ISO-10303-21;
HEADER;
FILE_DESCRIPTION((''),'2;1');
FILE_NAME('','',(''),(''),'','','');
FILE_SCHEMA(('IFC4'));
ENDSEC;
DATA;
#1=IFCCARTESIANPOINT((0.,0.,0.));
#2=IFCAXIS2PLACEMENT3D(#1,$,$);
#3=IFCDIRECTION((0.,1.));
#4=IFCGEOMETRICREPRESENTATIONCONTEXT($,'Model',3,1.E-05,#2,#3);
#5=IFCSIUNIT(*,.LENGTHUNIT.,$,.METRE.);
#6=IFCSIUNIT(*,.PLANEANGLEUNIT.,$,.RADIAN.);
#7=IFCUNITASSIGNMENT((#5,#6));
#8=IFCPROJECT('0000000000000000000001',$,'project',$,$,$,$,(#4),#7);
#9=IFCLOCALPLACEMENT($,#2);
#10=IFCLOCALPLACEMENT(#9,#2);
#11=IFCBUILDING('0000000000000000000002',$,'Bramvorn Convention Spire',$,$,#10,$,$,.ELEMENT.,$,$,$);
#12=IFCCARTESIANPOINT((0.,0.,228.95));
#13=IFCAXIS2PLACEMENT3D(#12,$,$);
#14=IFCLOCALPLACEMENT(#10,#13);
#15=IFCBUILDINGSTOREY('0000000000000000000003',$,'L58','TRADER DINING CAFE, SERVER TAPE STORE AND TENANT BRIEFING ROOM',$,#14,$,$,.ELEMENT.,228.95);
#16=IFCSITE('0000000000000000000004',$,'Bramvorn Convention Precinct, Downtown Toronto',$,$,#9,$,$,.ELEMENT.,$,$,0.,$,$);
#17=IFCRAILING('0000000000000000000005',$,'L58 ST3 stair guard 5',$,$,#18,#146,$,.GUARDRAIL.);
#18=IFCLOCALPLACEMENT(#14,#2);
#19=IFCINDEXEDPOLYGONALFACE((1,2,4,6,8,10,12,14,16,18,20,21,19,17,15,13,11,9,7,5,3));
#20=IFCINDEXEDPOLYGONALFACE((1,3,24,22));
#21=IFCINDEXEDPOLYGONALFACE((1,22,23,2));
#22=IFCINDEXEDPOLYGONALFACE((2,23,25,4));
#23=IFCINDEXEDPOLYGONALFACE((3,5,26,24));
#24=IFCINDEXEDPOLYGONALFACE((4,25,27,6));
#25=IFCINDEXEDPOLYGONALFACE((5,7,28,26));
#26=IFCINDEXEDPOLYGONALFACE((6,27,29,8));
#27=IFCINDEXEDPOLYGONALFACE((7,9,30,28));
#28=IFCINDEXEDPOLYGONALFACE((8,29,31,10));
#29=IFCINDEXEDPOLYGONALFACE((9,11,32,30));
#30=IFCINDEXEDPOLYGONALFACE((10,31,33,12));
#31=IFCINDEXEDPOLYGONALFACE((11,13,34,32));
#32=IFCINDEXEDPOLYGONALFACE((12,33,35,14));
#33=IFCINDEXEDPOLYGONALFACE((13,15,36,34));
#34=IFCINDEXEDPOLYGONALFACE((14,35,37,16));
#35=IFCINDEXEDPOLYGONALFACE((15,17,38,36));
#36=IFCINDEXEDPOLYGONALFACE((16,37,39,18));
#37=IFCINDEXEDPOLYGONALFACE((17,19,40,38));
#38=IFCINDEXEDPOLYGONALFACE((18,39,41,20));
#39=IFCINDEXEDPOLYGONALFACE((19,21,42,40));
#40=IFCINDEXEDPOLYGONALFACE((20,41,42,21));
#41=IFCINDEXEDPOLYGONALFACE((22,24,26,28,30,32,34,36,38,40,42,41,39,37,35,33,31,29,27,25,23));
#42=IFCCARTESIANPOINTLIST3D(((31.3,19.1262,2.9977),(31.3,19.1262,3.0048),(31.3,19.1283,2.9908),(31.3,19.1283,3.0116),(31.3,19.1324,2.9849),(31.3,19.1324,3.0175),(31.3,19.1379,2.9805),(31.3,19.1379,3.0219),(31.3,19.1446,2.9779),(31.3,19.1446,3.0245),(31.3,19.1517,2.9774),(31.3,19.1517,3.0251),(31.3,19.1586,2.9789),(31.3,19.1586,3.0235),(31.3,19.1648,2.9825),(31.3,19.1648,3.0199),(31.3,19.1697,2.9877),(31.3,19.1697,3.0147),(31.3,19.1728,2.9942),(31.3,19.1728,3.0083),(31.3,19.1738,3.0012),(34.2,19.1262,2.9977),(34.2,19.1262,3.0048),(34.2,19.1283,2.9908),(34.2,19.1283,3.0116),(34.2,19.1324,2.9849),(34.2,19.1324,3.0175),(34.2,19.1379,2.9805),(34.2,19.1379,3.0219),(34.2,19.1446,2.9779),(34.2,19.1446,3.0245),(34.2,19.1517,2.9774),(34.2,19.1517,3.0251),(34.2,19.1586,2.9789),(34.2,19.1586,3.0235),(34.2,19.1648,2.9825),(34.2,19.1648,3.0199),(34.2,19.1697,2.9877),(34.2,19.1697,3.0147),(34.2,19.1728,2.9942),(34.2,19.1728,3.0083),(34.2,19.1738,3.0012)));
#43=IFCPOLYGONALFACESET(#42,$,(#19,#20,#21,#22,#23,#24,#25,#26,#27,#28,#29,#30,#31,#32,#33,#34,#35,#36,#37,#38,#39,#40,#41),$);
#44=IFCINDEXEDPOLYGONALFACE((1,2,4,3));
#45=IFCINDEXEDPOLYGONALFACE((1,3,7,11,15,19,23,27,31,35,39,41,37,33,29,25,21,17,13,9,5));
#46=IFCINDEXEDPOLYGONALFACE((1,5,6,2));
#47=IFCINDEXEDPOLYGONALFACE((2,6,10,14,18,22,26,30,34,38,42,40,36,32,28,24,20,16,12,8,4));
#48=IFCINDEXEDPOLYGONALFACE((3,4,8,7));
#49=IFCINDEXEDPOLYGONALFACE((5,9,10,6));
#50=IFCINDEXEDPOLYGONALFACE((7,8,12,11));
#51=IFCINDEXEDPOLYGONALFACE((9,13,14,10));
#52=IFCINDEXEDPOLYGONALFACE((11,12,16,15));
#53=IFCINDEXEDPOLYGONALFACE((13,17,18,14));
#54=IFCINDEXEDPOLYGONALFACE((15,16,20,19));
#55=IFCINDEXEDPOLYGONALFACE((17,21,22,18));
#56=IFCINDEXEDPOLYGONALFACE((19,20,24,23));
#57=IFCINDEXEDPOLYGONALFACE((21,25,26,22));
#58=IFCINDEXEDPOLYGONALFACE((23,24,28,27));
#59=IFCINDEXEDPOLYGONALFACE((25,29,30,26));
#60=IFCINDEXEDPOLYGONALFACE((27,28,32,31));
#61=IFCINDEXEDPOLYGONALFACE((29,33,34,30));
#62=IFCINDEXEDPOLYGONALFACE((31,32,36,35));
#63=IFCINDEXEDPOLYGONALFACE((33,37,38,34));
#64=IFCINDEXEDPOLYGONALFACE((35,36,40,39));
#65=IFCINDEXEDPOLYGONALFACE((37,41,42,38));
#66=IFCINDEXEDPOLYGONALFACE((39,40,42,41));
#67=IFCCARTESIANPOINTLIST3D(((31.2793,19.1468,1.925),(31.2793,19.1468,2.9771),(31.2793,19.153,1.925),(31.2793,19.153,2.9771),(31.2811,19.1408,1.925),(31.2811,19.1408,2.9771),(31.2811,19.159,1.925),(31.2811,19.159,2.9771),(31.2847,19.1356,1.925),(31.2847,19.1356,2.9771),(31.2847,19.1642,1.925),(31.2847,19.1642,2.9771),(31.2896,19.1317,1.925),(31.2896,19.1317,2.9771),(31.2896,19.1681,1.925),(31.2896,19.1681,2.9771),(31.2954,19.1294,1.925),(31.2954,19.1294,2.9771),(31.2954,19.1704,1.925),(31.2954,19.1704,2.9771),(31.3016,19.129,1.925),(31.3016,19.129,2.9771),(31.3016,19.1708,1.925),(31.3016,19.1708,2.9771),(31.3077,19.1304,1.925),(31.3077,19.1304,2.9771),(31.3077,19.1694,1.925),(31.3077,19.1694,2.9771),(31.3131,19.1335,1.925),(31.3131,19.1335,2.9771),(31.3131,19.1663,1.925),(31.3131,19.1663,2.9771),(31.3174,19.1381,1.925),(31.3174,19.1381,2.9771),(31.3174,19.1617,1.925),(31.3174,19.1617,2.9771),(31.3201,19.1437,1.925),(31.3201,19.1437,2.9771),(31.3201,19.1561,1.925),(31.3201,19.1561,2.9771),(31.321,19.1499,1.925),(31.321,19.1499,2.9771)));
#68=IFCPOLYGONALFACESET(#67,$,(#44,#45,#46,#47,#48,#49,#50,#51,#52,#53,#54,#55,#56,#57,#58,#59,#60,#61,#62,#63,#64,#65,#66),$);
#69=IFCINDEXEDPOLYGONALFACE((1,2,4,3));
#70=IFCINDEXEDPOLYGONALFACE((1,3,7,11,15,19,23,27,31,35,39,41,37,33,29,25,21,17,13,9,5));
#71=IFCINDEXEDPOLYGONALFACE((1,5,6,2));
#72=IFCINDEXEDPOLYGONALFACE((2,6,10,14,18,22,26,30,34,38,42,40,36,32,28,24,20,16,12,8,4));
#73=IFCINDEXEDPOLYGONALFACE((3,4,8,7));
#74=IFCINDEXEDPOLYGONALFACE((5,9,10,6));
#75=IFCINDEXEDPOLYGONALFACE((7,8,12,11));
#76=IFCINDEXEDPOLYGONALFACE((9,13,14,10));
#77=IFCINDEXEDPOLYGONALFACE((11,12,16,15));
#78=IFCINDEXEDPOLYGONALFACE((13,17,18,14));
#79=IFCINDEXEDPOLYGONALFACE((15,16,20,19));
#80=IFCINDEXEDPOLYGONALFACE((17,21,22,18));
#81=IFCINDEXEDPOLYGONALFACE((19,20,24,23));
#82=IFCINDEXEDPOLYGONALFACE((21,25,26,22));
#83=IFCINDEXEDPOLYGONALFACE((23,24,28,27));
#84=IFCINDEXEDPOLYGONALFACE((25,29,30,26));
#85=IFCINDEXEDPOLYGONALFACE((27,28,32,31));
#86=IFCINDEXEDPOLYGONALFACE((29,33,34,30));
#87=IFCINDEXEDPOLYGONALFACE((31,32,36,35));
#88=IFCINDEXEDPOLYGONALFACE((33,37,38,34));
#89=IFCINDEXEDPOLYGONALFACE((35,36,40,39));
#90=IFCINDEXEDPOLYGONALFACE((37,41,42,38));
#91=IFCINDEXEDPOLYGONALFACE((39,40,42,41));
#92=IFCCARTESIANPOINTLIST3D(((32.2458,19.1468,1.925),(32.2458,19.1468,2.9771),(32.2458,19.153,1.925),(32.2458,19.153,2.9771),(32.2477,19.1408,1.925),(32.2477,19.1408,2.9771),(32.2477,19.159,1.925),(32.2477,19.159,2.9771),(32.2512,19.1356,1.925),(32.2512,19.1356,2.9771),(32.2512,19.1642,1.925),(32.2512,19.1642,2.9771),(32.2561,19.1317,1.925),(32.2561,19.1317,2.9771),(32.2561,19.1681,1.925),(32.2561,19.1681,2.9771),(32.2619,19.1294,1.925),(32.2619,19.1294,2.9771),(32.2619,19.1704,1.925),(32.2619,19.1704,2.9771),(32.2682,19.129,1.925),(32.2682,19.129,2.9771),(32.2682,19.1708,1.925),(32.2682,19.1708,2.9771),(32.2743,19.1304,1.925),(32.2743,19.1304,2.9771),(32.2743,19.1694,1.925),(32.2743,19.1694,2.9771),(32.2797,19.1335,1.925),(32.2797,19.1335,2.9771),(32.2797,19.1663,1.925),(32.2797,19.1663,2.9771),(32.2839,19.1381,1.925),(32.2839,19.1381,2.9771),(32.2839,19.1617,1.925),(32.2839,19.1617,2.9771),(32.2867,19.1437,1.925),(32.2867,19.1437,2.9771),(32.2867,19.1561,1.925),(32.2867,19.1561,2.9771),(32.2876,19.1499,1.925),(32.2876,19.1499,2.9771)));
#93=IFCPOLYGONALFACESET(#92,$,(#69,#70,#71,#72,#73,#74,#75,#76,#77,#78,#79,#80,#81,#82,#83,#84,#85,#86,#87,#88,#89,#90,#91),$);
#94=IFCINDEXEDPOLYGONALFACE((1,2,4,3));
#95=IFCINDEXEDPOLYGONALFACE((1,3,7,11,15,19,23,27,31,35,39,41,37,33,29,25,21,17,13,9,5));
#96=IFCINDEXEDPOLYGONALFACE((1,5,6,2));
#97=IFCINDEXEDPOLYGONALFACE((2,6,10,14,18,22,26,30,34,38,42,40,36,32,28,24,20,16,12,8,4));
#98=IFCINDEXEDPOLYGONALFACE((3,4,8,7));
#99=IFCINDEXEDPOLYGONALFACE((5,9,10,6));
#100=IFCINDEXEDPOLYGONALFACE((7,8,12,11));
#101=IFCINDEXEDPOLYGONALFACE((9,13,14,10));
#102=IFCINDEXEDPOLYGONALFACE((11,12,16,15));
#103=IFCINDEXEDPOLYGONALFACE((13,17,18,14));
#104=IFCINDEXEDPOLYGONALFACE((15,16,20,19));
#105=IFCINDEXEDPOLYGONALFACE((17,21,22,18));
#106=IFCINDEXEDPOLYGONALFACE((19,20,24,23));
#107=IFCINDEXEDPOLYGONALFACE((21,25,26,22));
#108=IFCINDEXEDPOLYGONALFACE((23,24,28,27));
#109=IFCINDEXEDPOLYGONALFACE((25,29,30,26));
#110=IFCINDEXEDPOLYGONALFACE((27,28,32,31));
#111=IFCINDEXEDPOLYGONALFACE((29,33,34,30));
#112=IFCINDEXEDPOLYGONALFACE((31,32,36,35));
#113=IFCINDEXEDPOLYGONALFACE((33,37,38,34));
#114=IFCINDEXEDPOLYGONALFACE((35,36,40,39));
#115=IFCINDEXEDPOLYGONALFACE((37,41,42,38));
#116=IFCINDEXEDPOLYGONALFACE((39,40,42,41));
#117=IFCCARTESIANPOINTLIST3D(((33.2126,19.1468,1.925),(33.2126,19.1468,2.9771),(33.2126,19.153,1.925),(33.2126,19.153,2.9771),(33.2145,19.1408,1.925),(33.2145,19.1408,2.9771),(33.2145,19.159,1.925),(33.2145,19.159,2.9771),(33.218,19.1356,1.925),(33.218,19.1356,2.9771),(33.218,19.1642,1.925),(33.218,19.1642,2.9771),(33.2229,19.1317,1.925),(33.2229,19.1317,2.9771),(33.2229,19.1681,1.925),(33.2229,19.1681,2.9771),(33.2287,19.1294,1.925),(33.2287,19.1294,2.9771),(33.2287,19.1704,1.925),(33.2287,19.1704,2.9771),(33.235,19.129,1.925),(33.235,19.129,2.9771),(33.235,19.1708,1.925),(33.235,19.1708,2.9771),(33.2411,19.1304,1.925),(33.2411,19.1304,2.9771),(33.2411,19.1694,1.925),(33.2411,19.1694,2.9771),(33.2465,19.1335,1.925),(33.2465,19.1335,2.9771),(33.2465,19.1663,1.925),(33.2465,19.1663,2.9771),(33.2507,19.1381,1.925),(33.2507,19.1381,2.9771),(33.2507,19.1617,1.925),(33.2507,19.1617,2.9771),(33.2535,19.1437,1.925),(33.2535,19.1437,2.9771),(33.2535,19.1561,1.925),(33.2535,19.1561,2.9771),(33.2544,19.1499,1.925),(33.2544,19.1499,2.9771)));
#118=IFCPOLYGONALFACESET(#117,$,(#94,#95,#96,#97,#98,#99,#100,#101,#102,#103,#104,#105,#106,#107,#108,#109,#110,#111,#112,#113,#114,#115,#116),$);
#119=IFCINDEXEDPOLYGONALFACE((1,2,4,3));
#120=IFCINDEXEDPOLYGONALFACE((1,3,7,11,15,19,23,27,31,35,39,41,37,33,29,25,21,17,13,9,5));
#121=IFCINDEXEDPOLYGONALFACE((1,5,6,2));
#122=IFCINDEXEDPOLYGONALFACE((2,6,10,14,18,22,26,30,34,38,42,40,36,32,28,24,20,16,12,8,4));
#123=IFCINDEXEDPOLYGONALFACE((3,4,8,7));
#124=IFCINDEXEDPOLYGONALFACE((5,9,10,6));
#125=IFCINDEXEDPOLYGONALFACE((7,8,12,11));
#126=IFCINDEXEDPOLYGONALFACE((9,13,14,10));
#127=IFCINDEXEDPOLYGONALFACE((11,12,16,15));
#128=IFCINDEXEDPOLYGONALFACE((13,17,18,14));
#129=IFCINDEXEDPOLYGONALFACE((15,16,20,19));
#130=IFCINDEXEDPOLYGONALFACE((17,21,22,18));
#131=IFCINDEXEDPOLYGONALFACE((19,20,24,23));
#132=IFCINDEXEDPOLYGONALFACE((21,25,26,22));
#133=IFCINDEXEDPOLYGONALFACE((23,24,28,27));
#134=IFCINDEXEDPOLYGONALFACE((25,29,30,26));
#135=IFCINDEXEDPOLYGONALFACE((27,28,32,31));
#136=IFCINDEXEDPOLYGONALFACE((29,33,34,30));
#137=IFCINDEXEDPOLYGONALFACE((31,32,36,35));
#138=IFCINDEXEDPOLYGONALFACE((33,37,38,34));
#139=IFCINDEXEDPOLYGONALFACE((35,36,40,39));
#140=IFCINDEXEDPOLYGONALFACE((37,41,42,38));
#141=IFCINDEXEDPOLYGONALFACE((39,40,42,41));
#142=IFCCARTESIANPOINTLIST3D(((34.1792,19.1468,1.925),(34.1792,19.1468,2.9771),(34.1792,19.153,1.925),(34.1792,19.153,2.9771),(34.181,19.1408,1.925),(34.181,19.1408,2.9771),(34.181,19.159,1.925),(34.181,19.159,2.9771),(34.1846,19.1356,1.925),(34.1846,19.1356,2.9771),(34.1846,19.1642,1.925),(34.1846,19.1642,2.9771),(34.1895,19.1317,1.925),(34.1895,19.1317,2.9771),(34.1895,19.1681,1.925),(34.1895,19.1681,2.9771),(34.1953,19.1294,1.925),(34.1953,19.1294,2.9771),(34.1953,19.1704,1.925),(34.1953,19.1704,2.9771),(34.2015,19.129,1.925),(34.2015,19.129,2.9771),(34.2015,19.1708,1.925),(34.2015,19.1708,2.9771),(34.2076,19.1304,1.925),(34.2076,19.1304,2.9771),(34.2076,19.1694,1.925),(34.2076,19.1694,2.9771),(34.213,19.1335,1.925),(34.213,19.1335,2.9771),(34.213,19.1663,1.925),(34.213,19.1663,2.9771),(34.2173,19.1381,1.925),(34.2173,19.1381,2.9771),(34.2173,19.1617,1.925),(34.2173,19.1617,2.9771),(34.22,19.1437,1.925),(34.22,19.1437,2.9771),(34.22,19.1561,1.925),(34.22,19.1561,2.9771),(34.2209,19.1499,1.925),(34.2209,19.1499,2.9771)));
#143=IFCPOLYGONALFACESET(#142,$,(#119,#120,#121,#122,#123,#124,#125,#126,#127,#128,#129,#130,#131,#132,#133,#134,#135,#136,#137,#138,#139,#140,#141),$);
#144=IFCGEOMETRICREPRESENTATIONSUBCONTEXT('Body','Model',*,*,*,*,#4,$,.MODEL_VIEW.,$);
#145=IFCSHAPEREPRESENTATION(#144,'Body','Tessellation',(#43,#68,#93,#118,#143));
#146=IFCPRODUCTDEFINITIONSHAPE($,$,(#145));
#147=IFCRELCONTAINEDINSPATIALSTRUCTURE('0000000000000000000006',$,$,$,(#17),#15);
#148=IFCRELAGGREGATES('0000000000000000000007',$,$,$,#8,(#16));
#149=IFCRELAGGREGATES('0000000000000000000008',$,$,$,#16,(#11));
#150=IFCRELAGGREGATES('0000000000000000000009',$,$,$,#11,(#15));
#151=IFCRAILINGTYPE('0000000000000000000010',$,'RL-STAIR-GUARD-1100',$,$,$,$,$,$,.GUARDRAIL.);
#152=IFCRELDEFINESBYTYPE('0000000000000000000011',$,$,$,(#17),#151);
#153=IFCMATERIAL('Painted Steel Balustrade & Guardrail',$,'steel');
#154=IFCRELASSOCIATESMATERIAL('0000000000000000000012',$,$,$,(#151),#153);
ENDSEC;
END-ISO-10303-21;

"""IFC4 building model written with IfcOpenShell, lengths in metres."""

from ifc_helpers import new_model, si_unit, direction, frame, origin, origin_2d, place, context, subcontext, project, spatial, circle, extrude, material, type_object, element, save


model = new_model("IFC4")

# Units and contexts
model_context = context("Model", 3, precision=1e-05, world=origin(), true_north=direction((0.0, 1.0)))
body_context = subcontext(model_context, "Body", "Model", "MODEL_VIEW")
ifc_project = project(units=[si_unit("LENGTHUNIT", "METRE"), si_unit("PLANEANGLEUNIT", "RADIAN")], contexts=[model_context])

# Site, building, storey
site_placement = place(None, origin())
site = spatial("IfcSite", under=ifc_project, at=site_placement, Name="Bramvorn Convention Precinct, Downtown Toronto", CompositionType="ELEMENT", RefElevation=0.0)
building_placement = place(site_placement, origin())
building = spatial("IfcBuilding", under=site, at=building_placement, Name="Bramvorn Convention Spire", CompositionType="ELEMENT")
storey_placement = place(building_placement, frame((0.0, 0.0, 228.95)))
storey = spatial("IfcBuildingStorey", under=building, at=storey_placement, Name="L58", Description="TRADER DINING CAFE, SERVER TAPE STORE AND TENANT BRIEFING ROOM", CompositionType="ELEMENT", Elevation=228.95)

# Railing
ifc_material_1 = material(Name="Painted Steel Balustrade & Guardrail", Category="steel")
railing_type_1 = type_object("IfcRailingType", Name="RL-STAIR-GUARD-1100", PredefinedType="GUARDRAIL", material=ifc_material_1)
railing_1_placement = place(storey_placement, frame((31.3, 19.1499, 1.925)))
element("IfcRailing", 1, at=railing_1_placement, inside=storey, type_object=railing_type_1, Name="L58 ST3 stair guard 5", PredefinedType="GUARDRAIL", context=body_context, shape_type="SweptSolid", body=[
    extrude(circle(Radius=0.0239, at=origin_2d()), frame((0.0, 0.0, 1.0762), z_axis=(1.0, 0.0, 0.0), x_axis=(0.0, 1.0, 0.0)), (0.0, 0.0, 1.0), 2.8999),
    extrude(circle(Radius=0.021, at=origin_2d()), origin(), (0.0, 0.0, 1.0), 1.052),
    extrude(circle(Radius=0.021, at=origin_2d()), frame((0.9666, 0.0, 0.0)), (0.0, 0.0, 1.0), 1.052),
    extrude(circle(Radius=0.021, at=origin_2d()), frame((1.9333, 0.0, 0.0)), (0.0, 0.0, 1.0), 1.052),
    extrude(circle(Radius=0.021, at=origin_2d()), frame((2.8999, 0.0, 0.0)), (0.0, 0.0, 1.0), 1.052),
])

save(model, "model.ifc")
